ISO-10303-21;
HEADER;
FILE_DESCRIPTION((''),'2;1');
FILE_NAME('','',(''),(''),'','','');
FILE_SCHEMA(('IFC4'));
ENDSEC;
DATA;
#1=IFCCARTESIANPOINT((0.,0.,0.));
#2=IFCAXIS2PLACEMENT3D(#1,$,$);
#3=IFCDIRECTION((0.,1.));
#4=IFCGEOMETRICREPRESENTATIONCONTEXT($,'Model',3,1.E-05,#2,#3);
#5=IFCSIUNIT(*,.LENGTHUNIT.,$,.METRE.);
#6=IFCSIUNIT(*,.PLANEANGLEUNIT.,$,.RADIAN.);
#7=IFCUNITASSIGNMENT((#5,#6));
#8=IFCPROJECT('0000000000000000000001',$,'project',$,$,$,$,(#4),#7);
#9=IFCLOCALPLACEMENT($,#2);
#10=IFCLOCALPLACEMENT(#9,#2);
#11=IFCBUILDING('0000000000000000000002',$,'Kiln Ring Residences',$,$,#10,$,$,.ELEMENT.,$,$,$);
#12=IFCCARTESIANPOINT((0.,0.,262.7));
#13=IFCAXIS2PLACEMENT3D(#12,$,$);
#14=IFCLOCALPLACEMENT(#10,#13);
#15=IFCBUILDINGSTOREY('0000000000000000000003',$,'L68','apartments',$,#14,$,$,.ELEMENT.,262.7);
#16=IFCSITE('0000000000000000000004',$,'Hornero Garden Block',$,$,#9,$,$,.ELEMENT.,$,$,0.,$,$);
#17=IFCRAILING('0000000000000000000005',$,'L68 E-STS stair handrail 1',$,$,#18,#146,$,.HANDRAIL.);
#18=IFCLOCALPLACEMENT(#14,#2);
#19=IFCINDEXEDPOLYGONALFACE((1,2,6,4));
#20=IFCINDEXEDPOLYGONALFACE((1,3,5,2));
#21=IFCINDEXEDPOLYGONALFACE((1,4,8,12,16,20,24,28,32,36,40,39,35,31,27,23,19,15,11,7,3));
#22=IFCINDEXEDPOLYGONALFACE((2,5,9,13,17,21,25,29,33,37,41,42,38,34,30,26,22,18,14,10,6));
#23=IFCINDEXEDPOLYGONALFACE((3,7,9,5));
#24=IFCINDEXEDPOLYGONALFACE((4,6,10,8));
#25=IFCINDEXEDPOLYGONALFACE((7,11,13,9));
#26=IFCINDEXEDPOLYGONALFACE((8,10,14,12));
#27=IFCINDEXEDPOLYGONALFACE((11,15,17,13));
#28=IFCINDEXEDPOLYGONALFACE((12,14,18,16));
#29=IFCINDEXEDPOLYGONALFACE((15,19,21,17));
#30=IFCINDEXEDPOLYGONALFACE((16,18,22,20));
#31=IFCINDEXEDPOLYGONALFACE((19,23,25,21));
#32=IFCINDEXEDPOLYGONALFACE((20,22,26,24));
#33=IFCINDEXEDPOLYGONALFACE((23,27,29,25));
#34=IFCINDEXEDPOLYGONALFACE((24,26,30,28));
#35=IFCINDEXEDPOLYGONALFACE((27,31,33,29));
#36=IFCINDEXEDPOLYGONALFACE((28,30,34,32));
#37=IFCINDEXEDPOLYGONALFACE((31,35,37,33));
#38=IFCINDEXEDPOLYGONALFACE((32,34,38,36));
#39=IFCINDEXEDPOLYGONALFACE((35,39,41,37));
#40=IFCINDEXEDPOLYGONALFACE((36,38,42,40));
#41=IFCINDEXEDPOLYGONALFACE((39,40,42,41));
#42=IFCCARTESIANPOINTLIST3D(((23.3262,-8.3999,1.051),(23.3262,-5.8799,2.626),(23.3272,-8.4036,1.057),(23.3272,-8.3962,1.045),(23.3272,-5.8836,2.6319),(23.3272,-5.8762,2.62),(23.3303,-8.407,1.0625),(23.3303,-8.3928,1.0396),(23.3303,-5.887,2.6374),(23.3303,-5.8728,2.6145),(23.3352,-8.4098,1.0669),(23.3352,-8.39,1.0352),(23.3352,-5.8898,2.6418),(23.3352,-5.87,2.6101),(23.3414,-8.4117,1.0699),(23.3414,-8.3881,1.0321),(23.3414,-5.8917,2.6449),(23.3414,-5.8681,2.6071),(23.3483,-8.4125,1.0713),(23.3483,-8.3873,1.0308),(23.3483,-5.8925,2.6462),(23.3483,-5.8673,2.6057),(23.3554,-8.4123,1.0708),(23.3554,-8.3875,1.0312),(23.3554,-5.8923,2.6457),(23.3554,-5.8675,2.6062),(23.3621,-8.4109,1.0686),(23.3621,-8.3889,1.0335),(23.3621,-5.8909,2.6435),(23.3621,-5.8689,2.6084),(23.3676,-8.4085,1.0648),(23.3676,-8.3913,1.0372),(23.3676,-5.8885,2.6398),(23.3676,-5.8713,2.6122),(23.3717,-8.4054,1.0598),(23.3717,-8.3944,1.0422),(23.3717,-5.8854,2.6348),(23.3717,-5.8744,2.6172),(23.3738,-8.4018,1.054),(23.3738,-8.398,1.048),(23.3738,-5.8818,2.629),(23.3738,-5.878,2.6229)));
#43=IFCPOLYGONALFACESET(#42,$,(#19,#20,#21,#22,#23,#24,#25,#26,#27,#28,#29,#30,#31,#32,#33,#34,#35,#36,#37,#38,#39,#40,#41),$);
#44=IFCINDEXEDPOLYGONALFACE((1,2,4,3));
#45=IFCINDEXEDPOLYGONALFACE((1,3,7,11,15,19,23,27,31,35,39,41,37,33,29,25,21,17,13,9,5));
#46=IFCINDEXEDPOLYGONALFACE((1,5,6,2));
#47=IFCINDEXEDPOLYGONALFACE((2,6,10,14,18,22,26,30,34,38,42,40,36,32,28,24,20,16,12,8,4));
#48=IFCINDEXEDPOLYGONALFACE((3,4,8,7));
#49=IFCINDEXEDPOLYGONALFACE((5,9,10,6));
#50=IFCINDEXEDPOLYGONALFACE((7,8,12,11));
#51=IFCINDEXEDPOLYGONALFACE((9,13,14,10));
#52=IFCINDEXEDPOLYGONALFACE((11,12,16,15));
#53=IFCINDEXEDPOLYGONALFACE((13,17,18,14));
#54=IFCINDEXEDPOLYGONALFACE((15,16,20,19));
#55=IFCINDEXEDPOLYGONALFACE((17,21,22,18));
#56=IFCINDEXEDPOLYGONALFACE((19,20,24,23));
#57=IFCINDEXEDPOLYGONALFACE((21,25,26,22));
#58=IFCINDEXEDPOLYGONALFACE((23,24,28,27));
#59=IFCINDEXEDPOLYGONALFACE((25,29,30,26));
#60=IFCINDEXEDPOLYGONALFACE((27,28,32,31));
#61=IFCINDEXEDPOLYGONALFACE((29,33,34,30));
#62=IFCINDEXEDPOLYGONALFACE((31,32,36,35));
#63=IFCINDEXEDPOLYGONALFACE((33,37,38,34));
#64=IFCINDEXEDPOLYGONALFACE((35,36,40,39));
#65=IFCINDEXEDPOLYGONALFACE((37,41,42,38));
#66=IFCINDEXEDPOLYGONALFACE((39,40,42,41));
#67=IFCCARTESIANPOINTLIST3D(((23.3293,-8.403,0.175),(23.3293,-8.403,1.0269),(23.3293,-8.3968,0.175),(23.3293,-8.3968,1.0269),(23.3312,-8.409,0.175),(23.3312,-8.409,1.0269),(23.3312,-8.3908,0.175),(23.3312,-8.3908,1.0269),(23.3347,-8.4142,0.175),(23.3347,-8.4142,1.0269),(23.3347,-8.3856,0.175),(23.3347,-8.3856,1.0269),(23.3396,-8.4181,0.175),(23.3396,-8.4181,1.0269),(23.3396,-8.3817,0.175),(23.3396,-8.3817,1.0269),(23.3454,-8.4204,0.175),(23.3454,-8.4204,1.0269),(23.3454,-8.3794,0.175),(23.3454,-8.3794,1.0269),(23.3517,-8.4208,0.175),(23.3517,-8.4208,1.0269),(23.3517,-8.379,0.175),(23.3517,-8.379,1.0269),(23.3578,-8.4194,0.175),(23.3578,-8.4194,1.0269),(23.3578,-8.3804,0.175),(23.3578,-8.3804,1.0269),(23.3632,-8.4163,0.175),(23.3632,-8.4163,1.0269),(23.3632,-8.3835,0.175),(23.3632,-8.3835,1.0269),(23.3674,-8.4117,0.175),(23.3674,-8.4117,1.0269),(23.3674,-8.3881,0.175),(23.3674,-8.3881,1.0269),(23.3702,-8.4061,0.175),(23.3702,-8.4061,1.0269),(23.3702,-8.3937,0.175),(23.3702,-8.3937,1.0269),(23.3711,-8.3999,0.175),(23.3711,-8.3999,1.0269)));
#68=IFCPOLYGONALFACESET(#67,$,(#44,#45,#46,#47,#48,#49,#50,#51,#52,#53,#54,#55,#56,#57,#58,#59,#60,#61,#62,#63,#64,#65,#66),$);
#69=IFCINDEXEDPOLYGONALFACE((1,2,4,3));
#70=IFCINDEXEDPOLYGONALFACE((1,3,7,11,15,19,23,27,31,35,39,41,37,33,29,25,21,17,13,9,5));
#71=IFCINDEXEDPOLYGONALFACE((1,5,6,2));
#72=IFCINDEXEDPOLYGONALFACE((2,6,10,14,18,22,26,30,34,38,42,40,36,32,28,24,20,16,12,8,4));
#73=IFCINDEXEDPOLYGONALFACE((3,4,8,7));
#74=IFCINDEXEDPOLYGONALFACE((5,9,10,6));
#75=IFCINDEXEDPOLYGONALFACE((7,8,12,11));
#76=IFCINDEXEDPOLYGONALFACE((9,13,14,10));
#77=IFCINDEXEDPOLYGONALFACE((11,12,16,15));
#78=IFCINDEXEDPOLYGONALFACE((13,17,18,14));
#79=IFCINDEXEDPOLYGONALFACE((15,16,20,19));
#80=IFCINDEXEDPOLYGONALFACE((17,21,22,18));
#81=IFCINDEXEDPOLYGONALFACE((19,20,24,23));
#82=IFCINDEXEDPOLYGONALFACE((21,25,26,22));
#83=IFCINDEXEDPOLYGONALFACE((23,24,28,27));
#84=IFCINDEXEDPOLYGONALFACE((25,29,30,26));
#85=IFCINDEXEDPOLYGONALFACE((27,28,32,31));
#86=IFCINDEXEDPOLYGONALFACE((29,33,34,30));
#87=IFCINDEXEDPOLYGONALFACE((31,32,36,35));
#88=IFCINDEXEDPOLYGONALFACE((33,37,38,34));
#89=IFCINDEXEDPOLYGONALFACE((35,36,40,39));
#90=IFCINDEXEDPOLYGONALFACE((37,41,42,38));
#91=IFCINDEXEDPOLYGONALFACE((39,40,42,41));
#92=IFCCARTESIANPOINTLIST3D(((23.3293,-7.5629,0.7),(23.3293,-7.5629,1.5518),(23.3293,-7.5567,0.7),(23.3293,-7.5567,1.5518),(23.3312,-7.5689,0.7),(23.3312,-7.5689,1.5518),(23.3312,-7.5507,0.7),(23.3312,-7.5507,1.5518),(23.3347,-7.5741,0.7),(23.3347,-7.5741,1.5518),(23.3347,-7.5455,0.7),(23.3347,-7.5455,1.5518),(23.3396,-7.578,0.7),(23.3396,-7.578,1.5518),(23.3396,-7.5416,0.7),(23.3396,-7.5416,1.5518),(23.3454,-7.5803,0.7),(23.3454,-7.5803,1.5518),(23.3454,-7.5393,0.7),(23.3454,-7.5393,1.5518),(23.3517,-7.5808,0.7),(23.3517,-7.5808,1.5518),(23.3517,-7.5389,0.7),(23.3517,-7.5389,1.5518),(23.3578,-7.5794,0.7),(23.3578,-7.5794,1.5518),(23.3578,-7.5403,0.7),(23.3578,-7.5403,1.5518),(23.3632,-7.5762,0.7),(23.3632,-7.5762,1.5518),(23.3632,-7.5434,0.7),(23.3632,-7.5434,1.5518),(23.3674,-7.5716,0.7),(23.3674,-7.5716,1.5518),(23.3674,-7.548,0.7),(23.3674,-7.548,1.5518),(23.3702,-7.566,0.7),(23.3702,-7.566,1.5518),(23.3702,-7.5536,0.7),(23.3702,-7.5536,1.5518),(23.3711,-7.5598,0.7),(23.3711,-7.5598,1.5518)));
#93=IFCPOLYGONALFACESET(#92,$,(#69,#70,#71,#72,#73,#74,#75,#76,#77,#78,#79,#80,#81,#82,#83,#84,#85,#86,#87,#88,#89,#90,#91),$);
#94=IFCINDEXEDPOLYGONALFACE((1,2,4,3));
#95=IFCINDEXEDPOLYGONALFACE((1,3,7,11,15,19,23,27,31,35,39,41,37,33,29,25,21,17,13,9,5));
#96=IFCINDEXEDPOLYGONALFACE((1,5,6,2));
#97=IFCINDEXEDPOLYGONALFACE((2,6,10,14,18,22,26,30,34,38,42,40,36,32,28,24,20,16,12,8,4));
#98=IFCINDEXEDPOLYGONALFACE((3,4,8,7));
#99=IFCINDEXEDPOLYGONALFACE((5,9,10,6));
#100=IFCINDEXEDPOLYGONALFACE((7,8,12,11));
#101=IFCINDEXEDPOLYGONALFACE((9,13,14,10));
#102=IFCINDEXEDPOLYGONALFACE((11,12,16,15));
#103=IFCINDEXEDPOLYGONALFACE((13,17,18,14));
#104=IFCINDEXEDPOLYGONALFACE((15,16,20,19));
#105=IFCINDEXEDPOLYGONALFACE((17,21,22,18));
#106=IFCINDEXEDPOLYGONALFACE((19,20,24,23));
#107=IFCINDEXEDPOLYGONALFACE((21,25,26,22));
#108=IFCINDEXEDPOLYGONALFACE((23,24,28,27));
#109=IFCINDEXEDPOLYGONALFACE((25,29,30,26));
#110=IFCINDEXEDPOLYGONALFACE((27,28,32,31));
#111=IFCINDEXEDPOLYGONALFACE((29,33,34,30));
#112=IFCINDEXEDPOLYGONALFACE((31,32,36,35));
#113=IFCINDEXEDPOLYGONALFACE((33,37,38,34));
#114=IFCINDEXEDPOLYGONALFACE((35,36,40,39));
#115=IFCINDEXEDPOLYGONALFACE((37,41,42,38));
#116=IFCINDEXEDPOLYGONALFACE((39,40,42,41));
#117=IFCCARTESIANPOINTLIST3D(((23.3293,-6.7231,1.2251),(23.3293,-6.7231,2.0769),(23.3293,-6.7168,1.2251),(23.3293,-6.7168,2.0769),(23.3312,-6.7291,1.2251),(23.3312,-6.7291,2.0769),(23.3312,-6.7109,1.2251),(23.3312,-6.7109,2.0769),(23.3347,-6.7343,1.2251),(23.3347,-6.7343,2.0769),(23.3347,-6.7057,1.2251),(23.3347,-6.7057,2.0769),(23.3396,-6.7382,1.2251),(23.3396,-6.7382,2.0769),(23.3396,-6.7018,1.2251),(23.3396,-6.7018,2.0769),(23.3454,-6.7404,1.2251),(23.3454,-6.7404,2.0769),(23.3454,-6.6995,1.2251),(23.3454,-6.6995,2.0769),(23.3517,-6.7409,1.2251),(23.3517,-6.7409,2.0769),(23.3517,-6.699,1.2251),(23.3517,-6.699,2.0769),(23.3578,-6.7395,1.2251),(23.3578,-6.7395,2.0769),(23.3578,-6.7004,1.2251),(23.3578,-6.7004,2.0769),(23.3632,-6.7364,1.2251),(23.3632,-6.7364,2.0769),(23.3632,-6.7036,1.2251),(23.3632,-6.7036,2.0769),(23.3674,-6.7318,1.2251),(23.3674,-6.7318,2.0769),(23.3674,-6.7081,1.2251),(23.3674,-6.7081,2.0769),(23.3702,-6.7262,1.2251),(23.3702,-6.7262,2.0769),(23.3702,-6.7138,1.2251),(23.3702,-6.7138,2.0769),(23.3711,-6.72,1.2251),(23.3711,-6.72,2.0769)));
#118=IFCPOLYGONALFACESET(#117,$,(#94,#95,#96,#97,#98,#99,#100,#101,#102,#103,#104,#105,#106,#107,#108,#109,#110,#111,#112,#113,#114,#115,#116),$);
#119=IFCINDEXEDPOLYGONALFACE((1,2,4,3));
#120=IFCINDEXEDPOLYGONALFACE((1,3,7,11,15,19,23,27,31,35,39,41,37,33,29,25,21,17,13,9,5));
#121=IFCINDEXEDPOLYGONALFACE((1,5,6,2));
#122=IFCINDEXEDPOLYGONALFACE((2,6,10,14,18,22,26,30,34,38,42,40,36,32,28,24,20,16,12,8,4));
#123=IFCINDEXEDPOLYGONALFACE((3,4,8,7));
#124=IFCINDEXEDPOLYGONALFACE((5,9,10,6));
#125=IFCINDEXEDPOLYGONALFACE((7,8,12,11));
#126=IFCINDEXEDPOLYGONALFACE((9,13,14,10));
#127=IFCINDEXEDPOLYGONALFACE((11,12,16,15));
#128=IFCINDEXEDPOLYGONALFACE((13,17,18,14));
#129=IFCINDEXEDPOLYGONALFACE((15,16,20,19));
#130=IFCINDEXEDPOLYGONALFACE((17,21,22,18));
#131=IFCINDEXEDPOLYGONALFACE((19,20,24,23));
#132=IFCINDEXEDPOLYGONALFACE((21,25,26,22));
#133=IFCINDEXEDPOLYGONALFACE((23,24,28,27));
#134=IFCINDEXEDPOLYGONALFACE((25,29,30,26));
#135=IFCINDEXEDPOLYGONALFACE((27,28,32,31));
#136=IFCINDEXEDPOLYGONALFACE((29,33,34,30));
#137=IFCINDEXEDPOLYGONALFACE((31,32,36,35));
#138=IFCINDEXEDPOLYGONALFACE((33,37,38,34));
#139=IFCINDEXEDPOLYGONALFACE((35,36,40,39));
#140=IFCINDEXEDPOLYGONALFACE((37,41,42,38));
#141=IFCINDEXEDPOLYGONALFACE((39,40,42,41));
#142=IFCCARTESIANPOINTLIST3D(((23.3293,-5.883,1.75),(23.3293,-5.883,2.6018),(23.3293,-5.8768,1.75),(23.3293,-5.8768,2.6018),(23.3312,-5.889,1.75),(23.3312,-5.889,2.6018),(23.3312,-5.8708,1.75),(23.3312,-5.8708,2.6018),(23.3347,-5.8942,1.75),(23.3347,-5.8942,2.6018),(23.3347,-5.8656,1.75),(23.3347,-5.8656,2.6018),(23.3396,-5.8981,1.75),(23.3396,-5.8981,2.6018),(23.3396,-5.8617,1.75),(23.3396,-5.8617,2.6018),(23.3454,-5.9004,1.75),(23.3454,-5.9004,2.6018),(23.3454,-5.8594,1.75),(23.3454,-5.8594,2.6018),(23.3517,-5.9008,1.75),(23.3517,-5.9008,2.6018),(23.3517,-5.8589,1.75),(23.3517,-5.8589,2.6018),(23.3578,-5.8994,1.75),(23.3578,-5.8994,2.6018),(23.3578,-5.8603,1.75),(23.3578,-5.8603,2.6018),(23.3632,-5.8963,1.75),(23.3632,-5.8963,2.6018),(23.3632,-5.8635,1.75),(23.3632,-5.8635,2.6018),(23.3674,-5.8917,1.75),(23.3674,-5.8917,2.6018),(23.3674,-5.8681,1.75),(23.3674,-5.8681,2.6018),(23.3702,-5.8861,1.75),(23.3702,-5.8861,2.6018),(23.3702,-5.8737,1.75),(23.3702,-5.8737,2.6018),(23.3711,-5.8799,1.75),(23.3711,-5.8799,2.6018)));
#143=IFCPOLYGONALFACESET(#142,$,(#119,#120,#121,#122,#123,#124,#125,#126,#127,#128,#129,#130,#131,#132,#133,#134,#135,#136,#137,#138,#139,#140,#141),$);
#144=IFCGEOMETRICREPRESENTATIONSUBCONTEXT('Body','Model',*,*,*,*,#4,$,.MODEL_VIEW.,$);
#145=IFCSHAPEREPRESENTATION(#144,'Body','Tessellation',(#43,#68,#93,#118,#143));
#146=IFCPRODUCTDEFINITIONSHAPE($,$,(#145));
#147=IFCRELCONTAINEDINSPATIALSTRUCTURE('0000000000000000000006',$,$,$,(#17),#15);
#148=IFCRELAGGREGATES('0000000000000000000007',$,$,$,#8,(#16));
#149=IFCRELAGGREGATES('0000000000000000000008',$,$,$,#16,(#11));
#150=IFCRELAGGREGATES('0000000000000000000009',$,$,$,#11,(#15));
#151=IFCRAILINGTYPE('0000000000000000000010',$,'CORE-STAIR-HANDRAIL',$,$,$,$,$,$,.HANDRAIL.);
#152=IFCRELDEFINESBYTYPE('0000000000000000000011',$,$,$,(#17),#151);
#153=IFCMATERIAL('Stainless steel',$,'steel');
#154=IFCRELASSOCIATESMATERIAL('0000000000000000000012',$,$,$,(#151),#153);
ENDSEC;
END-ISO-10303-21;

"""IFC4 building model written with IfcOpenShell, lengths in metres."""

from ifc_helpers import new_model, si_unit, direction, frame, origin, origin_2d, place, context, subcontext, project, spatial, circle, extrude, material, type_object, element, save


model = new_model("IFC4")

# Units and contexts
model_context = context("Model", 3, precision=1e-05, world=origin(), true_north=direction((0.0, 1.0)))
body_context = subcontext(model_context, "Body", "Model", "MODEL_VIEW")
ifc_project = project(units=[si_unit("LENGTHUNIT", "METRE"), si_unit("PLANEANGLEUNIT", "RADIAN")], contexts=[model_context])

# Site, building, storey
site_placement = place(None, origin())
site = spatial("IfcSite", under=ifc_project, at=site_placement, Name="Hornero Garden Block", CompositionType="ELEMENT", RefElevation=0.0)
building_placement = place(site_placement, origin())
building = spatial("IfcBuilding", under=site, at=building_placement, Name="Kiln Ring Residences", CompositionType="ELEMENT")
storey_placement = place(building_placement, frame((0.0, 0.0, 262.7)))
storey = spatial("IfcBuildingStorey", under=building, at=storey_placement, Name="L68", Description="apartments", CompositionType="ELEMENT", Elevation=262.7)

# Railing
ifc_material_1 = material(Name="Stainless steel", Category="steel")
railing_type_1 = type_object("IfcRailingType", Name="CORE-STAIR-HANDRAIL", PredefinedType="HANDRAIL", material=ifc_material_1)
railing_1_placement = place(storey_placement, frame((23.3501, -8.3999, 0.175)))
element("IfcRailing", 1, at=railing_1_placement, inside=storey, type_object=railing_type_1, Name="L68 E-STS stair handrail 1", PredefinedType="HANDRAIL", context=body_context, shape_type="SweptSolid", body=[
    extrude(circle(Radius=0.0239, at=origin_2d()), frame((0.0, 0.0, 0.876), z_axis=(0.0, 0.848008, 0.529984), x_axis=(-1.0, 0.0, 0.0)), (0.0, 0.0, 1.0), 2.9717),
    extrude(circle(Radius=0.021, at=origin_2d()), origin(), (0.0, 0.0, 1.0), 0.8518),
    extrude(circle(Radius=0.021, at=origin_2d()), frame((0.0, 0.8401, 0.5249)), (0.0, 0.0, 1.0), 0.8518),
    extrude(circle(Radius=0.021, at=origin_2d()), frame((0.0, 1.6799, 1.05)), (0.0, 0.0, 1.0), 0.8518),
    extrude(circle(Radius=0.021, at=origin_2d()), frame((0.0, 2.52, 1.575)), (0.0, 0.0, 1.0), 0.8518),
])

save(model, "model.ifc")
